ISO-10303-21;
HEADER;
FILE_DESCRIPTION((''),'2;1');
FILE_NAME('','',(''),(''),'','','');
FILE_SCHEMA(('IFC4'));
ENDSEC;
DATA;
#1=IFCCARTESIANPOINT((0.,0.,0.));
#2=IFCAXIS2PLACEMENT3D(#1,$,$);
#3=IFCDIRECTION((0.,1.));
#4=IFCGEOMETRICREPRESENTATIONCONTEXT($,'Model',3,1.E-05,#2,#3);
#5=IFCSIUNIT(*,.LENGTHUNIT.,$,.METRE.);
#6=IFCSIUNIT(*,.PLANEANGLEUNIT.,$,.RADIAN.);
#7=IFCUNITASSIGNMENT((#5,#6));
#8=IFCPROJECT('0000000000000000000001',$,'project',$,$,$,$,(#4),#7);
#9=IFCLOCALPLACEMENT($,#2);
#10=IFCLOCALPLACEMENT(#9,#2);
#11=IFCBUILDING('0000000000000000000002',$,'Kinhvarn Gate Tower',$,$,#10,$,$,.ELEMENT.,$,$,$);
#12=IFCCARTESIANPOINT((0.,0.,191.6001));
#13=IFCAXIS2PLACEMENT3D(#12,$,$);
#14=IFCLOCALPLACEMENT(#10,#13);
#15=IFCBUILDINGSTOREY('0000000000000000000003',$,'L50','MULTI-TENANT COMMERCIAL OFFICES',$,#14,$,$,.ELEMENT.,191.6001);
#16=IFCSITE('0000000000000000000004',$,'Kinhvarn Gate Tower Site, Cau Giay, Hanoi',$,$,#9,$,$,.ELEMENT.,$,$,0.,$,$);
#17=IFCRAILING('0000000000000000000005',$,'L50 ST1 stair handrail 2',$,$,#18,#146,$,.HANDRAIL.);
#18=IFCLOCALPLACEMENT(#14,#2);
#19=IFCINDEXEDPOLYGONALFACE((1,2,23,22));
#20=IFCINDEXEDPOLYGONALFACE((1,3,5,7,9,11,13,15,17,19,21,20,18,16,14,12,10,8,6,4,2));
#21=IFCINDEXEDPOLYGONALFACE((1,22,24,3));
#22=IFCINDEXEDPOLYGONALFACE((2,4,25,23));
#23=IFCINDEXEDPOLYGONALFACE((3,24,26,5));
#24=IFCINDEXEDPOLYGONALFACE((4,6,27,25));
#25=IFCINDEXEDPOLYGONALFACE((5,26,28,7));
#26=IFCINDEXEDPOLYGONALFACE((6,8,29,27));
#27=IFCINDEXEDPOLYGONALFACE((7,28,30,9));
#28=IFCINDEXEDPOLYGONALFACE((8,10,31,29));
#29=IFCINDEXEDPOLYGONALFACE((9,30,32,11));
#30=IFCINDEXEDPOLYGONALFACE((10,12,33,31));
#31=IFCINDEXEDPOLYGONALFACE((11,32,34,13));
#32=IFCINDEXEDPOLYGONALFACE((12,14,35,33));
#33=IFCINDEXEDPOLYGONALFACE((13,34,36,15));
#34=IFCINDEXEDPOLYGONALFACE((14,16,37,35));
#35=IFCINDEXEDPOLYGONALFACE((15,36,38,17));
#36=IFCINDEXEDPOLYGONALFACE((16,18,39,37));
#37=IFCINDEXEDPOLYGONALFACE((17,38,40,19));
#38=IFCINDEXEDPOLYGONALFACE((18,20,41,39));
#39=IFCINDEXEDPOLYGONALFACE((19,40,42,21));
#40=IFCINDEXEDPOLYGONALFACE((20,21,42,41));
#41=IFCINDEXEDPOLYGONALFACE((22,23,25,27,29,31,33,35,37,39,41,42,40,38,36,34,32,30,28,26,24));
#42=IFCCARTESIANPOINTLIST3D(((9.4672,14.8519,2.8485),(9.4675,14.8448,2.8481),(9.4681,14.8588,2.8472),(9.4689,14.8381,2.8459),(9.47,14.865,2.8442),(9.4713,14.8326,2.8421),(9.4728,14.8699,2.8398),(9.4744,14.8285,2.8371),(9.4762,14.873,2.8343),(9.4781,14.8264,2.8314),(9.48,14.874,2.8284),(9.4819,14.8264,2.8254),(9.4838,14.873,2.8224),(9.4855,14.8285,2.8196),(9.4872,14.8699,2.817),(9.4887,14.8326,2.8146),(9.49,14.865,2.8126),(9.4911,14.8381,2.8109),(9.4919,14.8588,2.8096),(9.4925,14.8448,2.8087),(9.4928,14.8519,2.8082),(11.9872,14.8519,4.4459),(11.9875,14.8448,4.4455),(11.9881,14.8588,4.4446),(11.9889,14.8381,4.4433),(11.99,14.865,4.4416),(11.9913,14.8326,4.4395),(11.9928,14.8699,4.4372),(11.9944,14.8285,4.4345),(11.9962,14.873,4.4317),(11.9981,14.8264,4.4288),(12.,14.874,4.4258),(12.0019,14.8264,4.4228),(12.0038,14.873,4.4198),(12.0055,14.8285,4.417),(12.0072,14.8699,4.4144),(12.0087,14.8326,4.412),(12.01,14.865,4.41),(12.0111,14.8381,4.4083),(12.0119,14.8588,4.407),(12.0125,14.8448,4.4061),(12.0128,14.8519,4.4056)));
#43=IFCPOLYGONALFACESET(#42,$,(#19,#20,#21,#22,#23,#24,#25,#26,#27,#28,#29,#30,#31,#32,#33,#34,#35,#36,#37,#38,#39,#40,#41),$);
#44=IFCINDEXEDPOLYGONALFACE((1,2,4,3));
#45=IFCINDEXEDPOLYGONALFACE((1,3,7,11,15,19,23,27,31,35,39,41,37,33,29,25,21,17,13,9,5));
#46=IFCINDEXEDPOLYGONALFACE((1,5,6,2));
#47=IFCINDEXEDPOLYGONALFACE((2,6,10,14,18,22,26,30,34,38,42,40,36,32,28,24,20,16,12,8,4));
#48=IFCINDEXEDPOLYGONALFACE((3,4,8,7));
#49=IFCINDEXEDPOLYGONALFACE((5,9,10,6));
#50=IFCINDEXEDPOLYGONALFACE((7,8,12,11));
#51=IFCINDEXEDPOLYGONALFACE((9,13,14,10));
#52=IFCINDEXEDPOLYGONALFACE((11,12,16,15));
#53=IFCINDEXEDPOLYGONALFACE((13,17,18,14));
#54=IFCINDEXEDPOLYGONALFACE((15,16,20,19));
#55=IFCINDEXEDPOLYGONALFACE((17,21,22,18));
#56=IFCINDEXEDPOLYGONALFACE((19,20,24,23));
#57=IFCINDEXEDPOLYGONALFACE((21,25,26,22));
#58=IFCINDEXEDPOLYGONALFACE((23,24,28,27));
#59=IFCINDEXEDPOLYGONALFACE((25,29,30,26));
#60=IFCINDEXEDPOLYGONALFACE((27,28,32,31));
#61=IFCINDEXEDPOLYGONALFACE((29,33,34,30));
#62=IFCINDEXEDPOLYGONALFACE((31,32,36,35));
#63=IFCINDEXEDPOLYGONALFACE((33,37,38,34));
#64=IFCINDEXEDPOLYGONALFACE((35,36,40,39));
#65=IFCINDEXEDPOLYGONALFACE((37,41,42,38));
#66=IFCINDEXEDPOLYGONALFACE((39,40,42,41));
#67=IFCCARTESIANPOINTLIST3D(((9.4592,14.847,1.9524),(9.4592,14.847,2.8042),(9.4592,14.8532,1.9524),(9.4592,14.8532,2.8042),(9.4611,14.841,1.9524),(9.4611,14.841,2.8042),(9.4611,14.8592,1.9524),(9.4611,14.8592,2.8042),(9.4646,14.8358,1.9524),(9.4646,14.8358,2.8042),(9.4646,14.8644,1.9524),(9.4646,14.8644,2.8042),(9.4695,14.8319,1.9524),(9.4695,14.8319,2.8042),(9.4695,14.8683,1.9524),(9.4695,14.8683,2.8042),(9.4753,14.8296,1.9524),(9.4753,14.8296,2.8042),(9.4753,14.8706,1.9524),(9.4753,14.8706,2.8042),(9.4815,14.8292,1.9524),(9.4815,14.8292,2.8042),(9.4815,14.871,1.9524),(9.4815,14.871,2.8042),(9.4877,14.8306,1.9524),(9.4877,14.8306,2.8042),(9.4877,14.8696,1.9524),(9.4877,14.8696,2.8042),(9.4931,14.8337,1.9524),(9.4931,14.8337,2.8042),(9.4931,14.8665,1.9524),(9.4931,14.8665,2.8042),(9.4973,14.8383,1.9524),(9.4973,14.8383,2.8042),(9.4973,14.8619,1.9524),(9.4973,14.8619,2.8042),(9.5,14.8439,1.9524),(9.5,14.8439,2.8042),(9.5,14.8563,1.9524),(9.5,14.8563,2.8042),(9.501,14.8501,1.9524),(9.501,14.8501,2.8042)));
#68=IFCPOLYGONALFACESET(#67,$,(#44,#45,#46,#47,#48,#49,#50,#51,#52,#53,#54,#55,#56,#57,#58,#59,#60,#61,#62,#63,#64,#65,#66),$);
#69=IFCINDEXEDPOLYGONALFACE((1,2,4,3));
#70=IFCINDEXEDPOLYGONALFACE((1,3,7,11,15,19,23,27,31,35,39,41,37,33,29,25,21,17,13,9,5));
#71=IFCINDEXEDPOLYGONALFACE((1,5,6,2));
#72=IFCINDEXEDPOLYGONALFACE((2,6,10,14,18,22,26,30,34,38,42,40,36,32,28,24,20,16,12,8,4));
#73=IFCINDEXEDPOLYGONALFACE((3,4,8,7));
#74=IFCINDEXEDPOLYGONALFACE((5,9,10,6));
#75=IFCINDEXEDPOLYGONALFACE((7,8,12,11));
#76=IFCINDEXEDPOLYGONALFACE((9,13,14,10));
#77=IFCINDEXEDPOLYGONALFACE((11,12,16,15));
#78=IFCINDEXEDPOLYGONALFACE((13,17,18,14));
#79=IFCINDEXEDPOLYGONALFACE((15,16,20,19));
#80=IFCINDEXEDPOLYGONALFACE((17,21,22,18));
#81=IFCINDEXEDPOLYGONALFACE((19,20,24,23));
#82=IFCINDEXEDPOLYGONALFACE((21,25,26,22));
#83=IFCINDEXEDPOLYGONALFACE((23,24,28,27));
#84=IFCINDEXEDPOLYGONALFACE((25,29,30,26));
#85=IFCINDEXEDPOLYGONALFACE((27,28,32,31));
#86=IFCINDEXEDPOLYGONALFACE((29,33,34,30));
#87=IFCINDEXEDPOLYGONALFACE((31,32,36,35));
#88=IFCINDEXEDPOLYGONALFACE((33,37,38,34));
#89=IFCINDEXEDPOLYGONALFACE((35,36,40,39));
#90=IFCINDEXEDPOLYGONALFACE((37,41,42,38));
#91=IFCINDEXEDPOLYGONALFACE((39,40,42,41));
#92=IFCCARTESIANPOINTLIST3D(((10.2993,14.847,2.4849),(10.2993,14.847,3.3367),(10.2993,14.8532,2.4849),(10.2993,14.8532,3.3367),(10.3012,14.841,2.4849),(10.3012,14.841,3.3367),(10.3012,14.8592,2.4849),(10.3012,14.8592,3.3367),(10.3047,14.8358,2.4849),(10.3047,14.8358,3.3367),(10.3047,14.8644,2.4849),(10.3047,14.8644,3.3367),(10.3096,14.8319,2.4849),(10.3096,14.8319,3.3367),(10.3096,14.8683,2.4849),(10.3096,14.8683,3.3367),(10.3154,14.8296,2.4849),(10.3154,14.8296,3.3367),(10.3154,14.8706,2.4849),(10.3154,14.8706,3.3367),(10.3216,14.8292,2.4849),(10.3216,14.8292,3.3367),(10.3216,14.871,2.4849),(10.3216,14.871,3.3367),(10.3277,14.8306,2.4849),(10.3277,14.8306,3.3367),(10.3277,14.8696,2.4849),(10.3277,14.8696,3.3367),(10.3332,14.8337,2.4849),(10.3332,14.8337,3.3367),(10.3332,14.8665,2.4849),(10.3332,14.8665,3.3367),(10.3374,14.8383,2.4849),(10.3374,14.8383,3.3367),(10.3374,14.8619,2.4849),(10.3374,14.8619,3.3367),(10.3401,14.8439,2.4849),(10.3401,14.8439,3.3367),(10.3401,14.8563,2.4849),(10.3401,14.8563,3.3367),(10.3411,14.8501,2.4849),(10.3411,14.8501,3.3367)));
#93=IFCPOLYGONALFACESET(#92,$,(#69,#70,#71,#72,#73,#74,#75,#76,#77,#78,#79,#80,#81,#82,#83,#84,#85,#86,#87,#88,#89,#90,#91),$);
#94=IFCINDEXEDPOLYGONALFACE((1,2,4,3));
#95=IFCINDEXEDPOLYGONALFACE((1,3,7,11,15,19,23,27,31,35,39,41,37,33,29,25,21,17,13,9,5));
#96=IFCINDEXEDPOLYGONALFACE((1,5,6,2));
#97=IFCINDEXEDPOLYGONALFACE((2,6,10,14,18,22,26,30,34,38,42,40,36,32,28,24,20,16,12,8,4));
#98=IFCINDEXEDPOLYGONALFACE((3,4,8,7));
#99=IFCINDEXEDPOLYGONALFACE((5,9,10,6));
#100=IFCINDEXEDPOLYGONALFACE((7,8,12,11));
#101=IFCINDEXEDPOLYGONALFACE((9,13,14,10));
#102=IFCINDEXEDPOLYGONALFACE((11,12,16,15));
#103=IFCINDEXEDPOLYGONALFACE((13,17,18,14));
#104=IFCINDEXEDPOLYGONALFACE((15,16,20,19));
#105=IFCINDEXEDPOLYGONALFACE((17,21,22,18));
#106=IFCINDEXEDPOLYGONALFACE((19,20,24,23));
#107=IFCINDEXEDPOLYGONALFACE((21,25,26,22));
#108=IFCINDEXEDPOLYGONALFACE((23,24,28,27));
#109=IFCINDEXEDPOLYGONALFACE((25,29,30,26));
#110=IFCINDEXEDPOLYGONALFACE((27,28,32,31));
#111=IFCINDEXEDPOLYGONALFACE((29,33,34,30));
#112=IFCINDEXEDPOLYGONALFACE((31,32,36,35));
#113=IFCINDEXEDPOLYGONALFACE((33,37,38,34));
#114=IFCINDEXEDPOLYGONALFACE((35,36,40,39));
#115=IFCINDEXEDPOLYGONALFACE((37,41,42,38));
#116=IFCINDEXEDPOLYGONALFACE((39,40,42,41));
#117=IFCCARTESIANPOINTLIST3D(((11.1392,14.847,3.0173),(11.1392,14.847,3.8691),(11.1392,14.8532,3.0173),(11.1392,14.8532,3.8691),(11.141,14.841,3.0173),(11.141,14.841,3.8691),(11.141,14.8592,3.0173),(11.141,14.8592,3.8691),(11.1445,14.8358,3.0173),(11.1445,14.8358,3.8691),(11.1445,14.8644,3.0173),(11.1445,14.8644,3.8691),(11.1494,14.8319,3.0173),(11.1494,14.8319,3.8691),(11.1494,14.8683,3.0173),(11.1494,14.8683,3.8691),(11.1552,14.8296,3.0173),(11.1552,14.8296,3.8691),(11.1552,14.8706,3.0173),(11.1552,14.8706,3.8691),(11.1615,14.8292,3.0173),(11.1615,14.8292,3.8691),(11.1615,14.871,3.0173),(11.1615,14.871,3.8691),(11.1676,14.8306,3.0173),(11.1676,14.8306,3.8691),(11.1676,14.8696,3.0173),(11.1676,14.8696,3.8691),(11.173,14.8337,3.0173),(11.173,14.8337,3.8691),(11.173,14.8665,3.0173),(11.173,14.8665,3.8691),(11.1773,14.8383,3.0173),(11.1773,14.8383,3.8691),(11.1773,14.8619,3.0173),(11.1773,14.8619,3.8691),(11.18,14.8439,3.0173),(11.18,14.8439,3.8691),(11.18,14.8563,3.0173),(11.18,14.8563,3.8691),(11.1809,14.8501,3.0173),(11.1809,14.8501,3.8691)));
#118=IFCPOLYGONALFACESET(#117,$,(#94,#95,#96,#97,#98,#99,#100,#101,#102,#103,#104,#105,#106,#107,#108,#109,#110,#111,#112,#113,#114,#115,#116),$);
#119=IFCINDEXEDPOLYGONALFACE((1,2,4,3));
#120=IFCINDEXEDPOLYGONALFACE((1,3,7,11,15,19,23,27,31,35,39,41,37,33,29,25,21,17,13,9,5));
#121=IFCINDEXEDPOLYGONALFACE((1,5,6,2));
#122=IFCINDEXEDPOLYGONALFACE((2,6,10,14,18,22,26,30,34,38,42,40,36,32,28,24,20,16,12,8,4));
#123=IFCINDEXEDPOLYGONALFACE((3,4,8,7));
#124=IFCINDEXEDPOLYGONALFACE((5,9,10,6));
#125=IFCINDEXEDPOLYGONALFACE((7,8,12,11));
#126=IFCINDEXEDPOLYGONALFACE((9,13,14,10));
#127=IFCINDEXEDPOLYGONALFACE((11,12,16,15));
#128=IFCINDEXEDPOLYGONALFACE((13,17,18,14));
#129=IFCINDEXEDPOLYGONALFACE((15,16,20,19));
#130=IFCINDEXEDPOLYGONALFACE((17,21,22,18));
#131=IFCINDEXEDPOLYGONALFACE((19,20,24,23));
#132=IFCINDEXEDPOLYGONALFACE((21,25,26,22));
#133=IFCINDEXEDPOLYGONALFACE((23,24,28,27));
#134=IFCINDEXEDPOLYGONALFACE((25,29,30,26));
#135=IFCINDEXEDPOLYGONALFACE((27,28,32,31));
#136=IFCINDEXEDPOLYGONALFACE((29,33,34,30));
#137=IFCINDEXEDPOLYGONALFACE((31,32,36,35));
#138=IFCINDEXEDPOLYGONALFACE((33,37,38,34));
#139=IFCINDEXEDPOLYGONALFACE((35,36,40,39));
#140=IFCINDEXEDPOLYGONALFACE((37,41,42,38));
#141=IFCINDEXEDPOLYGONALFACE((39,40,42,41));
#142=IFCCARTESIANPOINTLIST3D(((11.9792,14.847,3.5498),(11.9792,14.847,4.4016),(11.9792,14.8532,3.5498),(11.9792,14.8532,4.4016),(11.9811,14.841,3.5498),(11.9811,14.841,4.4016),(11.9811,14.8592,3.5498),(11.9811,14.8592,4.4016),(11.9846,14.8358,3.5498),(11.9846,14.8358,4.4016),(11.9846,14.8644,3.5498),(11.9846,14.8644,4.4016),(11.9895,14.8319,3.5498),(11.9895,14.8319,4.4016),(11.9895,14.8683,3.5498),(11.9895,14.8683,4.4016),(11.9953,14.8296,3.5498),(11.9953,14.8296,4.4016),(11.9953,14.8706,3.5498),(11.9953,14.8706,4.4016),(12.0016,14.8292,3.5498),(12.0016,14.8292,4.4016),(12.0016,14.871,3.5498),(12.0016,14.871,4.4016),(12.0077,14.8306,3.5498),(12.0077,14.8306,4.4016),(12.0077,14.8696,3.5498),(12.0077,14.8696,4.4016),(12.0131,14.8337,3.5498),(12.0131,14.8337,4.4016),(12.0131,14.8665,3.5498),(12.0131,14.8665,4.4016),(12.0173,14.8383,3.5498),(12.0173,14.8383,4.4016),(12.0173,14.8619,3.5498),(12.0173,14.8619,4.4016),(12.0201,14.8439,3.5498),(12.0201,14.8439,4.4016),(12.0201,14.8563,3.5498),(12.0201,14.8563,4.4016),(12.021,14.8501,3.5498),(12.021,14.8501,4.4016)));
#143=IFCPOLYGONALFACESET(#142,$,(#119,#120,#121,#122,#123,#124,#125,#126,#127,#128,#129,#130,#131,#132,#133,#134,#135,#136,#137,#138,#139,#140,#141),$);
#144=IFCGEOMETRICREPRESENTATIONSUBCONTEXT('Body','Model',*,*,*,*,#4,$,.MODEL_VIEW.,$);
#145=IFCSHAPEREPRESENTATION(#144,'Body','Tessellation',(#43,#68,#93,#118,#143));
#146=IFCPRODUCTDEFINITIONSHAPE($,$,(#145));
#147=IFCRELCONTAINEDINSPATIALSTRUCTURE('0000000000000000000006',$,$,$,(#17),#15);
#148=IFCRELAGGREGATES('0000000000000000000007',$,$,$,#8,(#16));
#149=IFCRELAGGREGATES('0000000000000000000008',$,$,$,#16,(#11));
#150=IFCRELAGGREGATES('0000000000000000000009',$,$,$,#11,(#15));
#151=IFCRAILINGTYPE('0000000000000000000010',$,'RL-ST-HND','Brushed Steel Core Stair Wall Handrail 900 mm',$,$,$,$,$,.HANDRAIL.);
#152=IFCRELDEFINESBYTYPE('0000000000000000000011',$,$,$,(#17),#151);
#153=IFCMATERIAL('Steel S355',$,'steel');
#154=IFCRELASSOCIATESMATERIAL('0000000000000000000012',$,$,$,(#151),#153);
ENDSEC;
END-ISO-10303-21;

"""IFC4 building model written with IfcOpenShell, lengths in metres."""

from ifc_helpers import new_model, si_unit, direction, frame, origin, origin_2d, place, context, subcontext, project, spatial, circle, extrude, material, type_object, element, save


model = new_model("IFC4")

# Units and contexts
model_context = context("Model", 3, precision=1e-05, world=origin(), true_north=direction((0.0, 1.0)))
body_context = subcontext(model_context, "Body", "Model", "MODEL_VIEW")
ifc_project = project(units=[si_unit("LENGTHUNIT", "METRE"), si_unit("PLANEANGLEUNIT", "RADIAN")], contexts=[model_context])

# Site, building, storey
site_placement = place(None, origin())
site = spatial("IfcSite", under=ifc_project, at=site_placement, Name="Kinhvarn Gate Tower Site, Cau Giay, Hanoi", CompositionType="ELEMENT", RefElevation=0.0)
building_placement = place(site_placement, origin())
building = spatial("IfcBuilding", under=site, at=building_placement, Name="Kinhvarn Gate Tower", CompositionType="ELEMENT")
storey_placement = place(building_placement, frame((0.0, 0.0, 191.6001)))
storey = spatial("IfcBuildingStorey", under=building, at=storey_placement, Name="L50", Description="MULTI-TENANT COMMERCIAL OFFICES", CompositionType="ELEMENT", Elevation=191.6001)

# Shared definitions
ifc_material_1 = material(Name="Steel S355", Category="steel")

# Railing
railing_type_1 = type_object("IfcRailingType", Name="RL-ST-HND", Description="Brushed Steel Core Stair Wall Handrail 900 mm", PredefinedType="HANDRAIL", material=ifc_material_1)
railing_1_placement = place(storey_placement, frame((9.48, 14.8501, 1.9524)))
element("IfcRailing", 1, at=railing_1_placement, inside=storey, type_object=railing_type_1, Name="L50 ST1 stair handrail 2", PredefinedType="HANDRAIL", context=body_context, shape_type="SweptSolid", body=[
    extrude(circle(Radius=0.0239, at=origin_2d()), frame((0.0, 0.0, 0.876), z_axis=(0.844607, 0.0, 0.535387), x_axis=(0.0, 1.0, 0.0)), (0.0, 0.0, 1.0), 2.9836),
    extrude(circle(Radius=0.021, at=origin_2d()), origin(), (0.0, 0.0, 1.0), 0.8518),
    extrude(circle(Radius=0.021, at=origin_2d()), frame((0.8401, 0.0, 0.5325)), (0.0, 0.0, 1.0), 0.8518),
    extrude(circle(Radius=0.021, at=origin_2d()), frame((1.6799, 0.0, 1.0649)), (0.0, 0.0, 1.0), 0.8518),
    extrude(circle(Radius=0.021, at=origin_2d()), frame((2.52, 0.0, 1.5974)), (0.0, 0.0, 1.0), 0.8518),
])

save(model, "model.ifc")
